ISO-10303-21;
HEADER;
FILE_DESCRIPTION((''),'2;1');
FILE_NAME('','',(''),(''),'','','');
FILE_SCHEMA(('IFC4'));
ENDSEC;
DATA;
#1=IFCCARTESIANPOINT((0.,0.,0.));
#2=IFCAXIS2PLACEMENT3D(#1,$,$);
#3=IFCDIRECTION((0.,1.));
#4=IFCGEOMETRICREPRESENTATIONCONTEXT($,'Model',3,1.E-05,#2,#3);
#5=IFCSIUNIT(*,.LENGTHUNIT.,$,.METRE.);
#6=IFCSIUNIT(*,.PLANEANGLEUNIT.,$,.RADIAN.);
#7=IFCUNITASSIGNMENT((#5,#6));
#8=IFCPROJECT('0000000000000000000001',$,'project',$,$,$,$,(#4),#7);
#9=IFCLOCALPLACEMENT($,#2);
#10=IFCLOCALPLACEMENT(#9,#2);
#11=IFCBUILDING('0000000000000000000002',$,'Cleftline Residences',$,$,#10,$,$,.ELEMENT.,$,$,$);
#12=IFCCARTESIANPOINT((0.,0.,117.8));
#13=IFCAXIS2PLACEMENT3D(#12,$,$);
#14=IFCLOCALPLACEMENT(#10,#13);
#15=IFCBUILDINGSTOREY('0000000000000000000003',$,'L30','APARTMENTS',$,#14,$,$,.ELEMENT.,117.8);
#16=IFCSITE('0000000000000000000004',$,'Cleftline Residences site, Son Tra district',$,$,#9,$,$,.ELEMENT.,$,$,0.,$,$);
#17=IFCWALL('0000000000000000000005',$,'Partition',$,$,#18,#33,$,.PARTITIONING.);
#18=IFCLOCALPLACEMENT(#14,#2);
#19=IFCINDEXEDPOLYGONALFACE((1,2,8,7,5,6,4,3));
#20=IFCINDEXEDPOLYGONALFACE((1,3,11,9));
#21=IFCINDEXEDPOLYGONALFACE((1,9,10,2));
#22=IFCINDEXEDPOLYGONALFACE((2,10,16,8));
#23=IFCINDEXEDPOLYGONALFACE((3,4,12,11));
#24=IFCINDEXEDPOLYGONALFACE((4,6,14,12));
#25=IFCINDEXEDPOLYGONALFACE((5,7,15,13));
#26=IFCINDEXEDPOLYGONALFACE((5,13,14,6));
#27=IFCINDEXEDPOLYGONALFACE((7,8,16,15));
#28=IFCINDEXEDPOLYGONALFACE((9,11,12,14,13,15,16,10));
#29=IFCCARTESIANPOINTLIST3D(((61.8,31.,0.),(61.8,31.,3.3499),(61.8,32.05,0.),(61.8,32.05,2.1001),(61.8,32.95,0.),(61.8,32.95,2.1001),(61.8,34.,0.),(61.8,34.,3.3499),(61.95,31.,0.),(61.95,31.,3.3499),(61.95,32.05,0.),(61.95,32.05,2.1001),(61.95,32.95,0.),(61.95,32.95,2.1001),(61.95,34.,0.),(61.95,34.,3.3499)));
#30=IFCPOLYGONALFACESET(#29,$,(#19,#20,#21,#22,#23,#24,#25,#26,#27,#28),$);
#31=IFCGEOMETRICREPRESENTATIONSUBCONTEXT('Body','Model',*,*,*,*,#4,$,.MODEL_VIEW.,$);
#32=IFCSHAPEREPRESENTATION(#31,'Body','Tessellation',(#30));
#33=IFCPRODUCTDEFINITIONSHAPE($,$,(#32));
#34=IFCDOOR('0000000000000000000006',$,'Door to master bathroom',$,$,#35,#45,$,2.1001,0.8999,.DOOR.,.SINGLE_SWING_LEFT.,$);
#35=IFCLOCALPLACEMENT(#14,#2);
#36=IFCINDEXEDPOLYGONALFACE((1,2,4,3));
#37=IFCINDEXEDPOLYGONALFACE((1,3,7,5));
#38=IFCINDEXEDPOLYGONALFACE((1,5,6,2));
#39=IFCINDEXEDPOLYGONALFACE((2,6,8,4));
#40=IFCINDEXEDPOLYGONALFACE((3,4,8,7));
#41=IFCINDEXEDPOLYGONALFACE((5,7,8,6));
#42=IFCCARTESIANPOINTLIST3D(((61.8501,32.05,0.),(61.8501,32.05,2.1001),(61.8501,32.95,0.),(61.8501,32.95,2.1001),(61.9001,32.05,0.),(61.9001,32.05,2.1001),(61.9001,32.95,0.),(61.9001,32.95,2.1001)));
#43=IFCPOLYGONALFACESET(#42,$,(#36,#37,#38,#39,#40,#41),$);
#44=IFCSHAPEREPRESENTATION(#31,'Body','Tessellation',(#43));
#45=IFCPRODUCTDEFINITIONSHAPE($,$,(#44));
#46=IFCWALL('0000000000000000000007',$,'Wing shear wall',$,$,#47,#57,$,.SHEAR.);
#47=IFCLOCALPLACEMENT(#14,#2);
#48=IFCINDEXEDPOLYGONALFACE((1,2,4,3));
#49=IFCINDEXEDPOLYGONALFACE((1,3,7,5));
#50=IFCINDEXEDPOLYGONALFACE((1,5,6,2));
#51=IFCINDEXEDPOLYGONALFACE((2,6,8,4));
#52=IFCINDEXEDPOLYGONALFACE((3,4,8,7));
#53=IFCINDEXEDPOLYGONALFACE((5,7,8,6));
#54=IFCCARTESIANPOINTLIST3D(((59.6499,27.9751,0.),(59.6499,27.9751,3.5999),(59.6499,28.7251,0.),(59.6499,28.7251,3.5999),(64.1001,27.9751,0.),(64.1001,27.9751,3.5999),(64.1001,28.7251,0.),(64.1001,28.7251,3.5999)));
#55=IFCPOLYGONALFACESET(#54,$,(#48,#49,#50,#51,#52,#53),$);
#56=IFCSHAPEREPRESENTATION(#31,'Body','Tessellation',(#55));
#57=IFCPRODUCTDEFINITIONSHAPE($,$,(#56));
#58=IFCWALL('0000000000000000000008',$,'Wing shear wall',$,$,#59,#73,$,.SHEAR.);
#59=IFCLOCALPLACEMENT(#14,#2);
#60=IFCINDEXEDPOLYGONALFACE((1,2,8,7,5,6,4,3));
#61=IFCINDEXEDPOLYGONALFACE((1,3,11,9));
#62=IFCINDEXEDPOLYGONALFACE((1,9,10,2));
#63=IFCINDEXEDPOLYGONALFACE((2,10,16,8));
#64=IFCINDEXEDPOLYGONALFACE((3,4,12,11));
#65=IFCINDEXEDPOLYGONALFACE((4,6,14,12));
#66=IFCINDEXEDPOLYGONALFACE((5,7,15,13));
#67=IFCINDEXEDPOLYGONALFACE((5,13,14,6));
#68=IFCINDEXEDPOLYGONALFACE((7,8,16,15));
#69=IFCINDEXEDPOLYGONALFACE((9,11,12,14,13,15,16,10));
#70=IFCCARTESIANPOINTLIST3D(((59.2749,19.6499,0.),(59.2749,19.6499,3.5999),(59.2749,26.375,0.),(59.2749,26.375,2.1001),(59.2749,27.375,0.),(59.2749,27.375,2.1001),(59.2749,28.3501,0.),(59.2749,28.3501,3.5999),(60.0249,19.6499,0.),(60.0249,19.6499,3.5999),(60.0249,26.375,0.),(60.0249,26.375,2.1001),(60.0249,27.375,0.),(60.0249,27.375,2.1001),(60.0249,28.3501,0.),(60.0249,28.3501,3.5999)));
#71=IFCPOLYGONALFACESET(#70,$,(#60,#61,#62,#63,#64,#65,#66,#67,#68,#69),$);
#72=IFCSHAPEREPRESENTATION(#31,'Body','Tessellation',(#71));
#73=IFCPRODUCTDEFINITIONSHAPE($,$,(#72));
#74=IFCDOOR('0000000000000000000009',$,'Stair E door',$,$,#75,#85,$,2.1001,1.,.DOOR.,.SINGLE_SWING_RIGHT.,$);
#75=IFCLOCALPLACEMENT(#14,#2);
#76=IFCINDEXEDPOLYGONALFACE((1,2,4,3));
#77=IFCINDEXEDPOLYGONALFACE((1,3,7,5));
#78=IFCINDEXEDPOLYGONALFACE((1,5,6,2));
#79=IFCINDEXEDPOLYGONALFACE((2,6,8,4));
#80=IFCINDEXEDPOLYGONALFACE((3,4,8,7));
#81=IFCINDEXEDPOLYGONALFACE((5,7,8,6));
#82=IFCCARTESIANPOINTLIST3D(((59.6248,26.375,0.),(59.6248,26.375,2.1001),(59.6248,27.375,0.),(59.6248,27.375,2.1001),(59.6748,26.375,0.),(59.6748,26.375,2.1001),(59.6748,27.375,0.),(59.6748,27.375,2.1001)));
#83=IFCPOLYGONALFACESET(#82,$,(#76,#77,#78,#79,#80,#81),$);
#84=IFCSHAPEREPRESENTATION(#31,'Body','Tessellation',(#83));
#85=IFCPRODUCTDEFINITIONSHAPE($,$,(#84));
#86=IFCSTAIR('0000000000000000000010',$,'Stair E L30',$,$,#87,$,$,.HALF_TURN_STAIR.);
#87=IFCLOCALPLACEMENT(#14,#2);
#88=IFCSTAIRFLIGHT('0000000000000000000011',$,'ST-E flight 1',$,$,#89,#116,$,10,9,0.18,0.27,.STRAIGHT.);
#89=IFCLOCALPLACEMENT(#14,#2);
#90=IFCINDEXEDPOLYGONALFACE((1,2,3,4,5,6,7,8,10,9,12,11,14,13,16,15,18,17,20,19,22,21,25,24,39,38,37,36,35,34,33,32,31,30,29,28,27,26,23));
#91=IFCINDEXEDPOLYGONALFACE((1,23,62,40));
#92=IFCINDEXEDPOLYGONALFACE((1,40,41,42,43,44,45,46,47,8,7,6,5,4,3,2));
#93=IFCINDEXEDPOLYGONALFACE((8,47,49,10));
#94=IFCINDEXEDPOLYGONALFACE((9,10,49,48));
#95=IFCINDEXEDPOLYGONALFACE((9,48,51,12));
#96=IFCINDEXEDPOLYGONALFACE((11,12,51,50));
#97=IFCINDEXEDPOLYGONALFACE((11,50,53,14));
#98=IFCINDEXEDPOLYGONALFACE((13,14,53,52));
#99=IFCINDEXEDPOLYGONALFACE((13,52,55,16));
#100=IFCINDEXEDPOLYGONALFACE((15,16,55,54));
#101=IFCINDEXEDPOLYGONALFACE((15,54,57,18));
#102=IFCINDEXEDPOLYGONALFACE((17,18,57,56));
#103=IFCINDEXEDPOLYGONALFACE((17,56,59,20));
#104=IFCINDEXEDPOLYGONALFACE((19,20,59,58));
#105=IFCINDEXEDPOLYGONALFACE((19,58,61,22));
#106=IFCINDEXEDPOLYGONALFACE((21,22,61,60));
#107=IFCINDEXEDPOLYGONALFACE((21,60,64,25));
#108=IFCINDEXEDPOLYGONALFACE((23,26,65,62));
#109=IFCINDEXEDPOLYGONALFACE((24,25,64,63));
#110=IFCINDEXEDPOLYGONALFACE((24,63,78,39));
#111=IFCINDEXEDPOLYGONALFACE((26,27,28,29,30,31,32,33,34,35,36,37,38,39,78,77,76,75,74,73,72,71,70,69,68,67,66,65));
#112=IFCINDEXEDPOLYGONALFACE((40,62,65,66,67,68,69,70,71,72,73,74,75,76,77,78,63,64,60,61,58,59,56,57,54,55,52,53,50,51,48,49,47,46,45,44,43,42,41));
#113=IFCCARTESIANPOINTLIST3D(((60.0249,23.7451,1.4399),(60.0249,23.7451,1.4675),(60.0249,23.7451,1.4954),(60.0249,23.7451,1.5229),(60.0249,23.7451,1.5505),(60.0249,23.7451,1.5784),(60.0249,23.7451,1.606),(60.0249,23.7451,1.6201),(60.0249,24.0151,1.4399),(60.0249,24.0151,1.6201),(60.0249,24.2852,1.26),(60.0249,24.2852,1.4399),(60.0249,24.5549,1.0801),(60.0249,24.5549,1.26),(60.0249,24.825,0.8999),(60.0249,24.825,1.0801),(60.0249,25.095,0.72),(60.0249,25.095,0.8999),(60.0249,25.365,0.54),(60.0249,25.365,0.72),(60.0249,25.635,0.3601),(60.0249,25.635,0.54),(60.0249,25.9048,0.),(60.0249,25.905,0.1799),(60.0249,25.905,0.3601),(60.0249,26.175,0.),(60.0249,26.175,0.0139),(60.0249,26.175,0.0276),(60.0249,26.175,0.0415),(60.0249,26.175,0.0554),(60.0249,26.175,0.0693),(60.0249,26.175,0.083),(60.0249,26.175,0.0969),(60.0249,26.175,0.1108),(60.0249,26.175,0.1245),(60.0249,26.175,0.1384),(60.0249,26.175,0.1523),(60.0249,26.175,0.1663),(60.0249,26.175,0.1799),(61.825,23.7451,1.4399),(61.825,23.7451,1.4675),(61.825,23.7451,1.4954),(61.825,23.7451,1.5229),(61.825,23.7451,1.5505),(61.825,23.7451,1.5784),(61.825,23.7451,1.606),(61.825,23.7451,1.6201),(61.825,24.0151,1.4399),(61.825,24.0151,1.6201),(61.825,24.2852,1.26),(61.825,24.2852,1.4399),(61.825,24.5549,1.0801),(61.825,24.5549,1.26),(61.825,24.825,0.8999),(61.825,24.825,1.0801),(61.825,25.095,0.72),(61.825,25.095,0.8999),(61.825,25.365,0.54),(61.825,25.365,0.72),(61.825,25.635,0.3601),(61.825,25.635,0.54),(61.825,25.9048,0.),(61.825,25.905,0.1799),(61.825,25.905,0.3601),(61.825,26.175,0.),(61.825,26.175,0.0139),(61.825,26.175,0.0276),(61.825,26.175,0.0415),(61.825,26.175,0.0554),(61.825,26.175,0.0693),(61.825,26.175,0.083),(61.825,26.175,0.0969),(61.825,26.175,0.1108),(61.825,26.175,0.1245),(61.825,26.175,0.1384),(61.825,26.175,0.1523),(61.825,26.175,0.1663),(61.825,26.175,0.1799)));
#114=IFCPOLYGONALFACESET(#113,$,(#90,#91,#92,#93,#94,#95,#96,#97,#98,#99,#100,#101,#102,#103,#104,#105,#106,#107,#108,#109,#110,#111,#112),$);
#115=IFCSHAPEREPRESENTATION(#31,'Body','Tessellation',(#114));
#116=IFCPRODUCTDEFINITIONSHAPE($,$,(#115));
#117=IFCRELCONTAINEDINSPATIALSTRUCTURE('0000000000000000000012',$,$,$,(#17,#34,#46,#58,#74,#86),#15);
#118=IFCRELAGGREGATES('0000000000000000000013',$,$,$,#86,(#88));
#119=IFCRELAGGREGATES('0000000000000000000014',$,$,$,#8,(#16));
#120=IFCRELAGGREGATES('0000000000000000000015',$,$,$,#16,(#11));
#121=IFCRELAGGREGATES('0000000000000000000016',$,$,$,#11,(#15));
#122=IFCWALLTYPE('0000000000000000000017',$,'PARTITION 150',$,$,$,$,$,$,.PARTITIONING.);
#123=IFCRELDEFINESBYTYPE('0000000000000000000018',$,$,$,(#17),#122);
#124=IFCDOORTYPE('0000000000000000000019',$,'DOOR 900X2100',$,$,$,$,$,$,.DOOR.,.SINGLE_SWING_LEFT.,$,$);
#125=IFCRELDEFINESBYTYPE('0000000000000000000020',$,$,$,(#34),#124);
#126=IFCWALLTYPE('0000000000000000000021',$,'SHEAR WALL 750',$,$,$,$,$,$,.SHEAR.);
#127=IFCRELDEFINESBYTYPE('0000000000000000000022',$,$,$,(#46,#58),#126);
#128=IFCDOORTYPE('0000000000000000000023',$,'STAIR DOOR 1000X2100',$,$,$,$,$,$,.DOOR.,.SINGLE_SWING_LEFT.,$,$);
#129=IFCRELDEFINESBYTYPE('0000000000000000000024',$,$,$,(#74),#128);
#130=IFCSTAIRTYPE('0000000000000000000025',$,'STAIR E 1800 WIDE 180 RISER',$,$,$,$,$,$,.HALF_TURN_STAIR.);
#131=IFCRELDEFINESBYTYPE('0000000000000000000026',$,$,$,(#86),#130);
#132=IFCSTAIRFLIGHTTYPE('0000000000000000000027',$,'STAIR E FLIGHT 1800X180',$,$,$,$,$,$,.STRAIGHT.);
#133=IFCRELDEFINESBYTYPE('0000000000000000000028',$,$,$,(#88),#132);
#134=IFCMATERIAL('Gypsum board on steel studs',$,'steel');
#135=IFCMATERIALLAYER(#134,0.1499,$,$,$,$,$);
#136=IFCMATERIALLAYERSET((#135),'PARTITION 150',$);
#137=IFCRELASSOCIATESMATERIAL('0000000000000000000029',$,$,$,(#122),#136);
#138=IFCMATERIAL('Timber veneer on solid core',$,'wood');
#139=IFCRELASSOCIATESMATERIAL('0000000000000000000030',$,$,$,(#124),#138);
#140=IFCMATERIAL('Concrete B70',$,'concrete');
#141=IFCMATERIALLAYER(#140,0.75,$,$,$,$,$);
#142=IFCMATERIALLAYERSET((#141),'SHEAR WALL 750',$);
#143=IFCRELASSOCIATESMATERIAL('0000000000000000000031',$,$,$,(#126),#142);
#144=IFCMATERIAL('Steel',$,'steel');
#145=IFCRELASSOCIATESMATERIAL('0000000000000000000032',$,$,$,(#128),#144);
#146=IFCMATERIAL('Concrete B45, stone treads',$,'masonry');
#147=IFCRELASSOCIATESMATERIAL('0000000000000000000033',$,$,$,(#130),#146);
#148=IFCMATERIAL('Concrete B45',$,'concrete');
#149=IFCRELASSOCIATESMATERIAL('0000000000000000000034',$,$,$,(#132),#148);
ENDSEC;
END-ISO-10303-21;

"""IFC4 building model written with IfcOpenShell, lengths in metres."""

from ifc_helpers import new_model, si_unit, direction, frame, frame_2d, origin, place, context, subcontext, project, spatial, polyline, rectangle, outline, extrude, material, layer, layer_set, type_object, element, fill, aggregate, save


model = new_model("IFC4")

# Units and contexts
model_context = context("Model", 3, precision=1e-05, world=origin(), true_north=direction((0.0, 1.0)))
body_context = subcontext(model_context, "Body", "Model", "MODEL_VIEW")
ifc_project = project(units=[si_unit("LENGTHUNIT", "METRE"), si_unit("PLANEANGLEUNIT", "RADIAN")], contexts=[model_context])

# Site, building, storey
site_placement = place(None, origin())
site = spatial("IfcSite", under=ifc_project, at=site_placement, Name="Cleftline Residences site, Son Tra district", CompositionType="ELEMENT", RefElevation=0.0)
building_placement = place(site_placement, origin())
building = spatial("IfcBuilding", under=site, at=building_placement, Name="Cleftline Residences", CompositionType="ELEMENT")
storey_placement = place(building_placement, frame((0.0, 0.0, 117.8)))
storey = spatial("IfcBuildingStorey", under=building, at=storey_placement, Name="L30", Description="APARTMENTS", CompositionType="ELEMENT", Elevation=117.8)

# Shared definitions
ifc_material_1 = material(Name="Gypsum board on steel studs", Category="steel")
ifc_layer_1 = layer(ifc_material_1, 0.1499)
ifc_layer_set_1 = layer_set([ifc_layer_1], Name="PARTITION 150")
wall_type_1 = type_object("IfcWallType", Name="PARTITION 150", PredefinedType="PARTITIONING", material=ifc_layer_set_1)
ifc_material_2 = material(Name="Timber veneer on solid core", Category="wood")
door_type_1 = type_object("IfcDoorType", Name="DOOR 900X2100", OperationType="SINGLE_SWING_LEFT", PredefinedType="DOOR", material=ifc_material_2)

# Wall, opening, door
wall_1_placement = place(storey_placement, frame((61.875, 31.0, 0.0), z_axis=(0.0, 0.0, 1.0), x_axis=(0.0, 1.0, 0.0)))
wall_1 = element("IfcWall", 1, at=wall_1_placement, inside=storey, type_object=wall_type_1, Name="Partition", PredefinedType="PARTITIONING", context=body_context, shape_type="SweptSolid", body=[
    extrude(rectangle(XDim=3.0, YDim=0.1499, at=frame_2d((1.5, 0.0))), origin(), (0.0, 0.0, 1.0), 3.3499),
])
opening_1_placement = place(wall_1_placement, frame((1.05, 0.0, 0.0)))
opening_1 = element("IfcOpeningElement", 2, at=opening_1_placement, cuts=wall_1, PredefinedType="OPENING", context=body_context, shape_type="SweptSolid", body=[
    extrude(rectangle(XDim=0.8999, YDim=2.1001, at=frame_2d((0.45, 1.05))), frame((0.0, 0.085, 0.0), z_axis=(0.0, -1.0, 0.0), x_axis=(1.0, 0.0, 0.0)), (0.0, 0.0, 1.0), 0.1699),
])
door_1_placement = place(opening_1_placement, origin())
door_1 = element("IfcDoor", 3, at=door_1_placement, inside=storey, type_object=door_type_1, Name="Door to master bathroom", OperationType="SINGLE_SWING_LEFT", OverallHeight=2.1001, OverallWidth=0.8999, PredefinedType="DOOR", context=body_context, shape_type="SweptSolid", body=[
    extrude(rectangle(XDim=0.8999, YDim=2.1001, at=frame_2d((0.45, 1.05))), frame((0.0, 0.0249, 0.0), z_axis=(0.0, -1.0, 0.0), x_axis=(1.0, 0.0, 0.0)), (0.0, 0.0, 1.0), 0.05),
])
fill(opening_1, door_1)

# Wall
ifc_material_3 = material(Name="Concrete B70", Category="concrete")
ifc_layer_2 = layer(ifc_material_3, 0.75)
ifc_layer_set_2 = layer_set([ifc_layer_2], Name="SHEAR WALL 750")
wall_type_2 = type_object("IfcWallType", Name="SHEAR WALL 750", PredefinedType="SHEAR", material=ifc_layer_set_2)
wall_2_placement = place(storey_placement, frame((64.1001, 28.3501, 0.0), z_axis=(0.0, 0.0, 1.0), x_axis=(-1.0, 0.0, 0.0)))
element("IfcWall", 4, at=wall_2_placement, inside=storey, type_object=wall_type_2, Name="Wing shear wall", PredefinedType="SHEAR", context=body_context, shape_type="SweptSolid", body=[
    extrude(rectangle(XDim=4.4502, YDim=0.75, at=frame_2d((2.2251, 0.0))), origin(), (0.0, 0.0, 1.0), 3.5999),
])

# Wall, opening, door
wall_3_placement = place(storey_placement, frame((59.6499, 28.3501, 0.0), z_axis=(0.0, 0.0, 1.0), x_axis=(0.0, -1.0, 0.0)))
wall_3 = element("IfcWall", 5, at=wall_3_placement, inside=storey, type_object=wall_type_2, Name="Wing shear wall", PredefinedType="SHEAR", context=body_context, shape_type="SweptSolid", body=[
    extrude(rectangle(XDim=8.7002, YDim=0.75, at=frame_2d((4.3501, 0.0))), origin(), (0.0, 0.0, 1.0), 3.5999),
])
opening_2_placement = place(wall_3_placement, frame((0.9751, 0.0, 0.0)))
opening_2 = element("IfcOpeningElement", 6, at=opening_2_placement, cuts=wall_3, PredefinedType="OPENING", context=body_context, shape_type="SweptSolid", body=[
    extrude(rectangle(XDim=1.0, YDim=2.1001, at=frame_2d((0.5, 1.05))), frame((0.0, 0.385, 0.0), z_axis=(0.0, -1.0, 0.0), x_axis=(1.0, 0.0, 0.0)), (0.0, 0.0, 1.0), 0.77),
])
ifc_material_4 = material(Name="Steel", Category="steel")
door_type_2 = type_object("IfcDoorType", Name="STAIR DOOR 1000X2100", OperationType="SINGLE_SWING_LEFT", PredefinedType="DOOR", material=ifc_material_4)
door_2_placement = place(opening_2_placement, origin())
door_2 = element("IfcDoor", 7, at=door_2_placement, inside=storey, type_object=door_type_2, Name="Stair E door", OperationType="SINGLE_SWING_RIGHT", OverallHeight=2.1001, OverallWidth=1.0, PredefinedType="DOOR", context=body_context, shape_type="SweptSolid", body=[
    extrude(rectangle(XDim=1.0, YDim=2.1001, at=frame_2d((0.5, 1.05))), frame((0.0, 0.0249, 0.0), z_axis=(0.0, -1.0, 0.0), x_axis=(1.0, 0.0, 0.0)), (0.0, 0.0, 1.0), 0.05),
])
fill(opening_2, door_2)

# Stair, stair flight
ifc_material_5 = material(Name="Concrete B45, stone treads", Category="masonry")
stair_type = type_object("IfcStairType", Name="STAIR E 1800 WIDE 180 RISER", PredefinedType="HALF_TURN_STAIR", material=ifc_material_5)
stair_placement = place(storey_placement, origin())
stair = element("IfcStair", 8, at=stair_placement, inside=storey, type_object=stair_type, Name="Stair E L30", PredefinedType="HALF_TURN_STAIR")
ifc_material_6 = material(Name="Concrete B45", Category="concrete")
stair_flight_type = type_object("IfcStairFlightType", Name="STAIR E FLIGHT 1800X180", PredefinedType="STRAIGHT", material=ifc_material_6)
stair_flight_placement = place(storey_placement, frame((60.925, 26.175, 0.0), z_axis=(0.0, 0.0, 1.0), x_axis=(0.0, -1.0, 0.0)))
stair_flight = element("IfcStairFlight", 9, at=stair_flight_placement, type_object=stair_flight_type, Name="ST-E flight 1", NumberOfRisers=10, NumberOfTreads=9, PredefinedType="STRAIGHT", RiserHeight=0.18, TreadLength=0.27, context=body_context, shape_type="SweptSolid", body=[
    extrude(outline(polyline([(0.0, 0.0), (0.0, 0.0139), (0.0, 0.0276), (0.0, 0.0415), (0.0, 0.0554), (0.0, 0.0693), (0.0, 0.083), (0.0, 0.0969), (0.0, 0.1108), (0.0, 0.1245), (0.0, 0.1384), (0.0, 0.1523), (0.0, 0.1663), (0.0, 0.1799), (0.27, 0.1799), (0.27, 0.3601), (0.54, 0.3601), (0.54, 0.54), (0.8101, 0.54), (0.8101, 0.72), (1.0801, 0.72), (1.0801, 0.8999), (1.3501, 0.8999), (1.3501, 1.0801), (1.6201, 1.0801), (1.6201, 1.26), (1.8899, 1.26), (1.8899, 1.4399), (2.1599, 1.4399), (2.1599, 1.6201), (2.4299, 1.6201), (2.4299, 1.8), (2.4299, 1.7722), (2.4299, 1.7446), (2.4299, 1.7168), (2.4299, 1.6892), (2.4299, 1.6614), (2.4299, 1.6338), (2.4299, 1.606), (2.4299, 1.5784), (2.4299, 1.5505), (2.4299, 1.5229), (2.4299, 1.4954), (2.4299, 1.4675), (2.4299, 1.4399), (0.2703, 0.0), (0.0, 0.0)])), frame((0.0, 0.8999, 0.0), z_axis=(0.0, -1.0, 0.0), x_axis=(1.0, 0.0, 0.0)), (0.0, 0.0, 1.0), 1.8),
])
aggregate(stair, [stair_flight])

save(model, "model.ifc")
